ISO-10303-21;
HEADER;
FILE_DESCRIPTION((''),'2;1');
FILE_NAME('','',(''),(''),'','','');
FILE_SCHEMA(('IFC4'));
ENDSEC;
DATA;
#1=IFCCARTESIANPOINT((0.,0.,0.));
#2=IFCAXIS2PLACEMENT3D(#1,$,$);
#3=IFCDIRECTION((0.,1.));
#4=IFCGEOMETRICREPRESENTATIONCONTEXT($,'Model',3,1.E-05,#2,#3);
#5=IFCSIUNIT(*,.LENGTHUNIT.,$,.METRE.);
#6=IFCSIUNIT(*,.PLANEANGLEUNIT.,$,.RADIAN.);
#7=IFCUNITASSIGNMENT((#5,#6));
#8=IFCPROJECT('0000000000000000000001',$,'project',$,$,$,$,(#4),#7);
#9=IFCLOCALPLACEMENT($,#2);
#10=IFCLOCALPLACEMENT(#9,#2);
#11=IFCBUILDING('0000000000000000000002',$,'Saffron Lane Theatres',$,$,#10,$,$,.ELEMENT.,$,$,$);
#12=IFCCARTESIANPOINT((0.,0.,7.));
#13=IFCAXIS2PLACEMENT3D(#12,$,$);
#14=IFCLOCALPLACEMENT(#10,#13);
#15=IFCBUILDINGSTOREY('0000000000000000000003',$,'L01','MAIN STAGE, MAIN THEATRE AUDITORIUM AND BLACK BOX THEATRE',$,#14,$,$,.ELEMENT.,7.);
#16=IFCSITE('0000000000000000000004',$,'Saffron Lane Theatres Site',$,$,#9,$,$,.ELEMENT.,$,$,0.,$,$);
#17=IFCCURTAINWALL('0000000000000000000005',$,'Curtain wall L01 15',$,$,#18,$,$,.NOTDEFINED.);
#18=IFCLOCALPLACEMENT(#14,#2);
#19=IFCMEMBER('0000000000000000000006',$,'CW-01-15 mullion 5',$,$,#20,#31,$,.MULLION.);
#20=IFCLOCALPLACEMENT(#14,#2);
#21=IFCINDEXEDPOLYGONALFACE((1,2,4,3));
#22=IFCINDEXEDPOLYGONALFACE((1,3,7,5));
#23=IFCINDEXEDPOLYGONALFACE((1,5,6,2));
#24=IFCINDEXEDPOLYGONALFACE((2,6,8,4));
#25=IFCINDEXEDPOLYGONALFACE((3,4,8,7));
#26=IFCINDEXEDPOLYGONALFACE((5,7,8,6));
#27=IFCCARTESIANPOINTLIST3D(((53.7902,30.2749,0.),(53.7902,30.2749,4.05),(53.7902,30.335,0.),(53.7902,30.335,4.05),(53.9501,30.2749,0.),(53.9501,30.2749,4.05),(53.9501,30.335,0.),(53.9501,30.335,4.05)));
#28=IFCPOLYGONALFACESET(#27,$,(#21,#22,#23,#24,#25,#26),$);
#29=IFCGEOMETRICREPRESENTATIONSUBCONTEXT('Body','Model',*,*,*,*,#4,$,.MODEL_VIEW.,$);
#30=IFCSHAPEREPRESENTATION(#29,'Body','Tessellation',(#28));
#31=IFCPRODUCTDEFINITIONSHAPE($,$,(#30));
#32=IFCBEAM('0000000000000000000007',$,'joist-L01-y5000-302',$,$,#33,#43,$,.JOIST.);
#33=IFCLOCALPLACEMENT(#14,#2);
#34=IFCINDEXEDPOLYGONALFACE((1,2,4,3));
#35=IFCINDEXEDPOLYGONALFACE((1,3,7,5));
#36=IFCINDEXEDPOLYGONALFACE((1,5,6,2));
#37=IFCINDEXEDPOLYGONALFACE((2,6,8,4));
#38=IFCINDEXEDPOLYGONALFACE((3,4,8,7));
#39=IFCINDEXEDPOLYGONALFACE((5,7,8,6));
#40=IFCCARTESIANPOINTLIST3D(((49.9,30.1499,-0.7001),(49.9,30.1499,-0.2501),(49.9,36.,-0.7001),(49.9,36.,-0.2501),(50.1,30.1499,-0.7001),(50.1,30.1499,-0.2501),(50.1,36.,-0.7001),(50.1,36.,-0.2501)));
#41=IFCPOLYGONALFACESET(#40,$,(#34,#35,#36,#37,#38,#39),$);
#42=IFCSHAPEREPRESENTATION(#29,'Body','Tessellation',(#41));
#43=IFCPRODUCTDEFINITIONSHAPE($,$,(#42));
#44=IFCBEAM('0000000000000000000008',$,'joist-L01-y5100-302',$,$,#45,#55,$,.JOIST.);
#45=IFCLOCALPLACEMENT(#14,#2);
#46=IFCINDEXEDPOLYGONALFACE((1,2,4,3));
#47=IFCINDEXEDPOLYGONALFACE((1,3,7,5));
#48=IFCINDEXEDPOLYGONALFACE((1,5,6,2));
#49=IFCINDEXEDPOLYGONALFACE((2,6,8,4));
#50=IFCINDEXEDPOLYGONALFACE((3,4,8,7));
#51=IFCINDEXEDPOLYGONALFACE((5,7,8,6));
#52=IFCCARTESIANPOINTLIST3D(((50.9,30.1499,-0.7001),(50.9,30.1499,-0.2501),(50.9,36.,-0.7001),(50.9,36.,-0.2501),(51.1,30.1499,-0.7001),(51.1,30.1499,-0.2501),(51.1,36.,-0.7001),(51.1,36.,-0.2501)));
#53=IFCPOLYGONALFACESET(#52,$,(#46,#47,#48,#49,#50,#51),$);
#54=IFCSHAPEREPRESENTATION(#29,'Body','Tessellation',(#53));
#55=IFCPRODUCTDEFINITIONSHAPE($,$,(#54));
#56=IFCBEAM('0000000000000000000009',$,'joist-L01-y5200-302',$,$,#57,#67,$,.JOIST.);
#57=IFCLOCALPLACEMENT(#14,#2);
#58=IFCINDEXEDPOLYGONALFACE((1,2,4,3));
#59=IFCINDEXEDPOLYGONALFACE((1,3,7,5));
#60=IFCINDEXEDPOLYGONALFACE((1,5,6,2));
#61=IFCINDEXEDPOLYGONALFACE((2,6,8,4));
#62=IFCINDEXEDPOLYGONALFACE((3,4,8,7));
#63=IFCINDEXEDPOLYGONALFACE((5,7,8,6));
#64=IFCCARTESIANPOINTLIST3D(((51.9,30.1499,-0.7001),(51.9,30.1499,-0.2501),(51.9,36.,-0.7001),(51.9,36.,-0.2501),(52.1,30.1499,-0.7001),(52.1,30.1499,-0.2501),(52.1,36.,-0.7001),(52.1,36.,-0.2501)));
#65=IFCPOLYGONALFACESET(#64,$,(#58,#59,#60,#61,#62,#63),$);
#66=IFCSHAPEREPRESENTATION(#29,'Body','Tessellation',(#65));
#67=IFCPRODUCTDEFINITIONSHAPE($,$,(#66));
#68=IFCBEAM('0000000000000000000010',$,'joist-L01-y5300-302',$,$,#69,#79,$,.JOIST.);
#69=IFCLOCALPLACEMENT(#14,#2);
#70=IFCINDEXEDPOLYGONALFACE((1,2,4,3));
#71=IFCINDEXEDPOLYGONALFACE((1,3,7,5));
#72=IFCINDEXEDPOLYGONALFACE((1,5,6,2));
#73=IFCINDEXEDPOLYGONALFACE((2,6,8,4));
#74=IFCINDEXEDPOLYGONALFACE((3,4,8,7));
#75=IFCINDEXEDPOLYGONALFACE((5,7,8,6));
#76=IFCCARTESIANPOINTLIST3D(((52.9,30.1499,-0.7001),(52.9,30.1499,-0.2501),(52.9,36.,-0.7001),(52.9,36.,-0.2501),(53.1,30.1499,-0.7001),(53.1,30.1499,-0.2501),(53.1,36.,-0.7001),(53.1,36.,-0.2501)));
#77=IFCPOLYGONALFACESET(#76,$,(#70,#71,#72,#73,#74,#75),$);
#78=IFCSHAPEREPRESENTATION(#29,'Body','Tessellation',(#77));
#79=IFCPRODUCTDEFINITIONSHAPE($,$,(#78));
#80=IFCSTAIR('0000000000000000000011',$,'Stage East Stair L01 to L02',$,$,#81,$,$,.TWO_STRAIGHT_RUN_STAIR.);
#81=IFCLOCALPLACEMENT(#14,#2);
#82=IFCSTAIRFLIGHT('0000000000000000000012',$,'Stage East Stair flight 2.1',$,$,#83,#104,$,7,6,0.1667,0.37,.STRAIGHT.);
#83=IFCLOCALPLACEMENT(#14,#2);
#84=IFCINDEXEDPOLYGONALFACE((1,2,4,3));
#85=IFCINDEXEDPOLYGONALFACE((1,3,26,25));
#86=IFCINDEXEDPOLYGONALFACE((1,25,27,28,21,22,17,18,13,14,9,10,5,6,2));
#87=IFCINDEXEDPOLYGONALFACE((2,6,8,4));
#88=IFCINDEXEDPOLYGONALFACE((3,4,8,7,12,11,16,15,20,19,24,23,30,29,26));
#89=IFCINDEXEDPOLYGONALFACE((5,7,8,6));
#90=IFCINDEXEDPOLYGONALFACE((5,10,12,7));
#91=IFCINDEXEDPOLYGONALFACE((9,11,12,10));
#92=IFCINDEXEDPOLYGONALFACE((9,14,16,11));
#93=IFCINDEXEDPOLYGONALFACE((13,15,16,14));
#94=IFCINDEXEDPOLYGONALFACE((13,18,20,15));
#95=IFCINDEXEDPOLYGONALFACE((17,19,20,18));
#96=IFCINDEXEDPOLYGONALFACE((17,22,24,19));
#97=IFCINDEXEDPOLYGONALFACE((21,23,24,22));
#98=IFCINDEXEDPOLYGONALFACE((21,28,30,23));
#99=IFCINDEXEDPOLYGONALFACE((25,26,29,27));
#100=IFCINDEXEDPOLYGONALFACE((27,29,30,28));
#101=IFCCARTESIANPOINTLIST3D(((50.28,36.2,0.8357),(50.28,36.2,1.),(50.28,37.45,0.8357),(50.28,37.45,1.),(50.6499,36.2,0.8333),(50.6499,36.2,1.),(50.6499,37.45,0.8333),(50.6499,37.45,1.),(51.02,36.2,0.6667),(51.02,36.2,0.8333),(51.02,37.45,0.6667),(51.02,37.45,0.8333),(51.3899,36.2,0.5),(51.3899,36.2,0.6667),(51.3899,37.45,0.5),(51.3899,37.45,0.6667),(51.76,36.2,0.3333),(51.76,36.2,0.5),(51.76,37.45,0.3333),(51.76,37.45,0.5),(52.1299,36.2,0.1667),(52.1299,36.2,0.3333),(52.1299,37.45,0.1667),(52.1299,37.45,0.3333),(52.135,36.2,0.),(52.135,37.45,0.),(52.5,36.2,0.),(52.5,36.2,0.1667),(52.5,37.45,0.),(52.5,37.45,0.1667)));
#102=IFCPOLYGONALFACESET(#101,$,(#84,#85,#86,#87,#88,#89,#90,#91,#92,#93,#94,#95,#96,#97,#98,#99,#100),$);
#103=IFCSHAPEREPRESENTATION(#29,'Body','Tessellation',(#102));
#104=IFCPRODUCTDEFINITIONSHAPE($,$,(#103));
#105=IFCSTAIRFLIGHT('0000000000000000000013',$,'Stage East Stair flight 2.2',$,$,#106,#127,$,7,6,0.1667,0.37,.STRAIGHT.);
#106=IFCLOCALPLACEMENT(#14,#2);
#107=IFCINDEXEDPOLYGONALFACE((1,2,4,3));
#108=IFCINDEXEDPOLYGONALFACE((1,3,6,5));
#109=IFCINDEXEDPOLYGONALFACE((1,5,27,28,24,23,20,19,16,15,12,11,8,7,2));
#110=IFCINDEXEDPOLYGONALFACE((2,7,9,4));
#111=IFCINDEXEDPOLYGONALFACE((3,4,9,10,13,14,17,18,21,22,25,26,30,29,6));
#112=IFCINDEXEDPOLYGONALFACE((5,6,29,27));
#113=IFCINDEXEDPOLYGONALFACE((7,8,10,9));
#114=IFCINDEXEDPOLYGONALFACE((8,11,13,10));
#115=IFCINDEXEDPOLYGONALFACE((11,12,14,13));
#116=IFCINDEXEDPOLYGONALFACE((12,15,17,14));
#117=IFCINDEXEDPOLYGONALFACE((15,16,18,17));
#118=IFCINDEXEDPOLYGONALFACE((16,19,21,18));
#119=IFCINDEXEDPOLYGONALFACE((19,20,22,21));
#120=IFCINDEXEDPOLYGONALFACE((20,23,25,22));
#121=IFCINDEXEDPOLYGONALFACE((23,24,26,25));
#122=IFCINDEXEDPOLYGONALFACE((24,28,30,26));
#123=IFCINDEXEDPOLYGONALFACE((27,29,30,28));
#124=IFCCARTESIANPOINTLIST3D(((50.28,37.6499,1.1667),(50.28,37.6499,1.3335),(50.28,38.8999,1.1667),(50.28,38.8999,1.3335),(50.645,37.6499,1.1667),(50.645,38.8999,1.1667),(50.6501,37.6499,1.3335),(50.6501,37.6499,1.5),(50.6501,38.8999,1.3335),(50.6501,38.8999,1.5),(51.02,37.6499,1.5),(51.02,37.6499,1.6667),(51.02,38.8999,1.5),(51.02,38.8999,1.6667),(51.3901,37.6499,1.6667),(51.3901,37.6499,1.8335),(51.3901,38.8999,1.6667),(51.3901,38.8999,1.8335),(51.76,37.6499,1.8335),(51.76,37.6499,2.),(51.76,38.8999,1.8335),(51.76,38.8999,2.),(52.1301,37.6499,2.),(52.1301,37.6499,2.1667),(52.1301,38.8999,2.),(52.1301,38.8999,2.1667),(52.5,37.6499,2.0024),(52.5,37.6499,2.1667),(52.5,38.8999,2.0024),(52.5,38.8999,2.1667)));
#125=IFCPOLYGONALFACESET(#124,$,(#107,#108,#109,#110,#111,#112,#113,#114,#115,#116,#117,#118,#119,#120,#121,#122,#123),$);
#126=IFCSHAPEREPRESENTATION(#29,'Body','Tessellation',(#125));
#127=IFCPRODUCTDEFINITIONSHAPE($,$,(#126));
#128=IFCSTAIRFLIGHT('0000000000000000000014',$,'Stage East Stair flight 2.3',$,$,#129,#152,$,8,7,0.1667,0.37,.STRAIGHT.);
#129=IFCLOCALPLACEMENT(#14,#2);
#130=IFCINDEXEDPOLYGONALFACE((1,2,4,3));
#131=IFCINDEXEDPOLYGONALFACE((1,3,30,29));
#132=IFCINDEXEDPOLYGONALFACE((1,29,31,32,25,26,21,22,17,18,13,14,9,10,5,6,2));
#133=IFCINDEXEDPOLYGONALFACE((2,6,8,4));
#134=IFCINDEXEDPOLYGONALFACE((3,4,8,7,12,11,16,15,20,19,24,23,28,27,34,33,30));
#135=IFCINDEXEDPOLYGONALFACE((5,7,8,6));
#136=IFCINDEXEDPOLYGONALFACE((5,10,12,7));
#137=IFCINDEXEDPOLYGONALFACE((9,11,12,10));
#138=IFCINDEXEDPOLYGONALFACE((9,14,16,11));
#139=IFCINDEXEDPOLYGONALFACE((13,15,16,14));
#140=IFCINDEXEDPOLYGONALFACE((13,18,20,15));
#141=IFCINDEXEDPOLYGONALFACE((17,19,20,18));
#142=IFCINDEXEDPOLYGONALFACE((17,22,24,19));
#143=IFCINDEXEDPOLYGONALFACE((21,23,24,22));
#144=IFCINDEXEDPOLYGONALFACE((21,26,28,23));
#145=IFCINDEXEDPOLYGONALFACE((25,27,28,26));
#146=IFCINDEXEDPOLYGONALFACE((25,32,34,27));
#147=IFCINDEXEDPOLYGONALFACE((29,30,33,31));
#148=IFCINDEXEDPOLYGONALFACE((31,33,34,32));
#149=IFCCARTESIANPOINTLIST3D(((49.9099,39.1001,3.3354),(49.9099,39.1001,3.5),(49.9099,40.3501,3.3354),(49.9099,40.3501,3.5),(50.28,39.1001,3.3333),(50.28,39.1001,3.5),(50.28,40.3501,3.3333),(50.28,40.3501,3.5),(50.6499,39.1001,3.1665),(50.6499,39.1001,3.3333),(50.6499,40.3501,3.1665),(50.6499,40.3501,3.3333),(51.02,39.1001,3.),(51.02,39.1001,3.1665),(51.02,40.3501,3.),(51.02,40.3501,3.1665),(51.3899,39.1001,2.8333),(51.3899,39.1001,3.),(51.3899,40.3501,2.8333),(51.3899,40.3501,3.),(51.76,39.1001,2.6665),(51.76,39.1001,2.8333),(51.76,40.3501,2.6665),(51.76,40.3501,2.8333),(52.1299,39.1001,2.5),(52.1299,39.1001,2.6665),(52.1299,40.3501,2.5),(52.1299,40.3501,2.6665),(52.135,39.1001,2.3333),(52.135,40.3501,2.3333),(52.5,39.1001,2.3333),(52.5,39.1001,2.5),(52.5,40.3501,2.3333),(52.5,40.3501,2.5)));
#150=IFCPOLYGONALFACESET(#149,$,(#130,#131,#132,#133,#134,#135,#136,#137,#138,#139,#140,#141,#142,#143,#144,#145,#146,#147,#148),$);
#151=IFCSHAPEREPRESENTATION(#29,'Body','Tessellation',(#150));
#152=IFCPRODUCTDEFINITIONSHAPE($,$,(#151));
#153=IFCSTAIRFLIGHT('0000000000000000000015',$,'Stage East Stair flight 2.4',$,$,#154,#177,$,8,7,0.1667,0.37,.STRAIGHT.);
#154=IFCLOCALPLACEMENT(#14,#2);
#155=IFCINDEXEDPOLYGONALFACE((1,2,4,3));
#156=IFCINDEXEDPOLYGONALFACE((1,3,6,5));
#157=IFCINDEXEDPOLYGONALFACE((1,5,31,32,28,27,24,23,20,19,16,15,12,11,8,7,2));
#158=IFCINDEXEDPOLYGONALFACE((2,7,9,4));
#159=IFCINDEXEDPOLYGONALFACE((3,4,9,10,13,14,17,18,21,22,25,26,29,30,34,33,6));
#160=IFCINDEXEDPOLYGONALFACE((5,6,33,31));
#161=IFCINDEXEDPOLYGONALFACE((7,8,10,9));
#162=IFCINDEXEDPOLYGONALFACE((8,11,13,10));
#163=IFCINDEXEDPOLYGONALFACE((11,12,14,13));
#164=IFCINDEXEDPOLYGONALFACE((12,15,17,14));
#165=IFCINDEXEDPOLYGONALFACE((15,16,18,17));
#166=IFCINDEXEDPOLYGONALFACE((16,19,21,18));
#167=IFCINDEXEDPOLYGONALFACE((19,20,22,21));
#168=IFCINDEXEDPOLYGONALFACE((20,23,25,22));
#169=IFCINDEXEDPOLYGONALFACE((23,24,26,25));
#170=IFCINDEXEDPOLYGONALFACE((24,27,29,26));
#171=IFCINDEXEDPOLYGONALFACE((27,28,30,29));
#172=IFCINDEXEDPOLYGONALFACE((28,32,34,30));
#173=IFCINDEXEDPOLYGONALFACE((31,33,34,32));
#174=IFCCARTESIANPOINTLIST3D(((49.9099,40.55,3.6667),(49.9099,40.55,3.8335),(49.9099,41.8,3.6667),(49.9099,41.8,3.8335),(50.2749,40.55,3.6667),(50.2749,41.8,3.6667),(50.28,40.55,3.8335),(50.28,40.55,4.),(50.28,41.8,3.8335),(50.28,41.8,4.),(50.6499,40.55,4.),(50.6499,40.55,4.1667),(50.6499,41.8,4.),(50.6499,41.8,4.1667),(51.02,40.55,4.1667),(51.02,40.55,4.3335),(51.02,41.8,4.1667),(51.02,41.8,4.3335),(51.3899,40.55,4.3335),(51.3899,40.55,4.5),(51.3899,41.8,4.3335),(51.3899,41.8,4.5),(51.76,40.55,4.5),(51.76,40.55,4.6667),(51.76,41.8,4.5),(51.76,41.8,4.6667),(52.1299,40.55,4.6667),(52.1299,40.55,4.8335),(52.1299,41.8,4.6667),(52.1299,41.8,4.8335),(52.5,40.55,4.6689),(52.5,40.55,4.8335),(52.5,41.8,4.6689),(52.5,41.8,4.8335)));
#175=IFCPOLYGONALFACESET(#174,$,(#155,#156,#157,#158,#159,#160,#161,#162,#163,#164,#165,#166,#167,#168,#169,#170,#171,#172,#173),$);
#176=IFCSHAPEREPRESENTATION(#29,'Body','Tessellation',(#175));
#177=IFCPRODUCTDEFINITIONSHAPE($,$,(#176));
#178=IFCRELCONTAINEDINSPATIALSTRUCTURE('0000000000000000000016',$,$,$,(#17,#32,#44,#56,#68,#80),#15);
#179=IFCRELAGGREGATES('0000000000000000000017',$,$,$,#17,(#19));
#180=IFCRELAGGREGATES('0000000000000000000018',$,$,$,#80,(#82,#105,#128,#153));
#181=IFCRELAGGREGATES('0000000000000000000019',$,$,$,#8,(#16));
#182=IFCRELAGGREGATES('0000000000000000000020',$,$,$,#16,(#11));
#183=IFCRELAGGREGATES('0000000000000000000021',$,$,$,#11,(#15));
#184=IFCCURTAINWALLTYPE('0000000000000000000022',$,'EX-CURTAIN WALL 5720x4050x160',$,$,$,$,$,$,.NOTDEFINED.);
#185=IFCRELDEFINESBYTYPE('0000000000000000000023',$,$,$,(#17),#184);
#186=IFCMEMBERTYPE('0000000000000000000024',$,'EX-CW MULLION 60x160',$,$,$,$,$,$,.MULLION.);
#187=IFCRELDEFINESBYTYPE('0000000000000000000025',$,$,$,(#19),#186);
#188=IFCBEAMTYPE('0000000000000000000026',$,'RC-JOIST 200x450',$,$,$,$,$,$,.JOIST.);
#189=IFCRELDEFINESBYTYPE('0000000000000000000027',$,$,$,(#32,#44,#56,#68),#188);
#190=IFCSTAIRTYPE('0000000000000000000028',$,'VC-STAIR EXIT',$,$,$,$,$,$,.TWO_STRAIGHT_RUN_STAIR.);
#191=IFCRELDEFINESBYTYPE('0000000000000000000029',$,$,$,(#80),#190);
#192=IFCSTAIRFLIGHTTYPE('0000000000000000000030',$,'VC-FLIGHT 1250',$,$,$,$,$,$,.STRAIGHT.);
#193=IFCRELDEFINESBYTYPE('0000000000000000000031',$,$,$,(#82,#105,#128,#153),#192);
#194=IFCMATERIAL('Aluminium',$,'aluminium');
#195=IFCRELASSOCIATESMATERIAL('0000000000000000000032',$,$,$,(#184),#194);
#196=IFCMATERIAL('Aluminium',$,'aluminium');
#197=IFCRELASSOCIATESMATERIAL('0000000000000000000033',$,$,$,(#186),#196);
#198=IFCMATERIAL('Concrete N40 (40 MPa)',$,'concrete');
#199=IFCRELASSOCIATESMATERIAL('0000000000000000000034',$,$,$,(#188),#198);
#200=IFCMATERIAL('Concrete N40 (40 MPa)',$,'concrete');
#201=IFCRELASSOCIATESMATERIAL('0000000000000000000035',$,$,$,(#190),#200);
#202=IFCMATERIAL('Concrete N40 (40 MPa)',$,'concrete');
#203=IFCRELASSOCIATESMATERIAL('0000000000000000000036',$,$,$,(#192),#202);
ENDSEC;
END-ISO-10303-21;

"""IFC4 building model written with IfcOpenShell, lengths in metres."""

from ifc_helpers import new_model, si_unit, direction, frame, origin, origin_2d, place, context, subcontext, project, spatial, polyline, rectangle, outline, extrude, material, material_profile, profile_set, type_object, element, aggregate, save


model = new_model("IFC4")

# Units and contexts
model_context = context("Model", 3, precision=1e-05, world=origin(), true_north=direction((0.0, 1.0)))
body_context = subcontext(model_context, "Body", "Model", "MODEL_VIEW")
ifc_project = project(units=[si_unit("LENGTHUNIT", "METRE"), si_unit("PLANEANGLEUNIT", "RADIAN")], contexts=[model_context])

# Site, building, storey
site_placement = place(None, origin())
site = spatial("IfcSite", under=ifc_project, at=site_placement, Name="Saffron Lane Theatres Site", CompositionType="ELEMENT", RefElevation=0.0)
building_placement = place(site_placement, origin())
building = spatial("IfcBuilding", under=site, at=building_placement, Name="Saffron Lane Theatres", CompositionType="ELEMENT")
storey_placement = place(building_placement, frame((0.0, 0.0, 7.0)))
storey = spatial("IfcBuildingStorey", under=building, at=storey_placement, Name="L01", Description="MAIN STAGE, MAIN THEATRE AUDITORIUM AND BLACK BOX THEATRE", CompositionType="ELEMENT", Elevation=7.0)

# Curtain wall, member
ifc_material_1 = material(Name="Aluminium", Category="aluminium")
curtain_wall_type = type_object("IfcCurtainWallType", Name="EX-CURTAIN WALL 5720x4050x160", PredefinedType="NOTDEFINED", material=ifc_material_1)
curtain_wall_placement = place(storey_placement, origin())
curtain_wall = element("IfcCurtainWall", 1, at=curtain_wall_placement, inside=storey, type_object=curtain_wall_type, Name="Curtain wall L01 15", PredefinedType="NOTDEFINED")
ifc_material_2 = material(Name="Aluminium", Category="aluminium")
ifc_material_profile_1 = material_profile(ifc_material_2, rectangle(XDim=0.0601, YDim=0.1599, at=origin_2d()))
ifc_profile_set_1 = profile_set([ifc_material_profile_1], Name="Aluminium")
member_type = type_object("IfcMemberType", Name="EX-CW MULLION 60x160", PredefinedType="MULLION", material=ifc_profile_set_1)
member_placement = place(storey_placement, frame((53.8701, 30.3049, 0.0), z_axis=(0.0, 0.0, 1.0), x_axis=(0.0, -1.0, 0.0)))
member = element("IfcMember", 2, at=member_placement, type_object=member_type, Name="CW-01-15 mullion 5", PredefinedType="MULLION", context=body_context, shape_type="SweptSolid", body=[
    extrude(rectangle(XDim=0.0601, YDim=0.1599, at=origin_2d()), origin(), (0.0, 0.0, 1.0), 4.05),
])
aggregate(curtain_wall, [member])

# Beams
ifc_material_3 = material(Name="Concrete N40 (40 MPa)", Category="concrete")
ifc_material_profile_2 = material_profile(ifc_material_3, rectangle(XDim=0.2, YDim=0.45, at=origin_2d()))
ifc_profile_set_2 = profile_set([ifc_material_profile_2], Name="Concrete N40 (40 MPa)")
beam_type = type_object("IfcBeamType", Name="RC-JOIST 200x450", PredefinedType="JOIST", material=ifc_profile_set_2)
for number, where, z_axis, x_axis, name in (
    (3, (50.0, 30.1499, -0.4751), (0.0, 1.0, 0.0), (-1.0, 0.0, 0.0), "joist-L01-y5000-302"),
    (4, (51.0, 30.1499, -0.4751), (0.0, 1.0, 0.0), (-1.0, 0.0, 0.0), "joist-L01-y5100-302"),
    (5, (52.0, 30.1499, -0.4751), (0.0, 1.0, 0.0), (-1.0, 0.0, 0.0), "joist-L01-y5200-302"),
    (6, (53.0, 30.1499, -0.4751), (0.0, 1.0, 0.0), (-1.0, 0.0, 0.0), "joist-L01-y5300-302"),
):
    element("IfcBeam", number, at=place(storey_placement, frame(where, z_axis=z_axis, x_axis=x_axis)), inside=storey, type_object=beam_type, Name=name, PredefinedType="JOIST", context=body_context, shape_type="SweptSolid", body=[
        extrude(rectangle(XDim=0.2, YDim=0.45, at=origin_2d()), origin(), (0.0, 0.0, 1.0), 5.8501),
    ])

# Stair, stair flights
ifc_material_4 = material(Name="Concrete N40 (40 MPa)", Category="concrete")
stair_type = type_object("IfcStairType", Name="VC-STAIR EXIT", PredefinedType="TWO_STRAIGHT_RUN_STAIR", material=ifc_material_4)
stair_placement = place(storey_placement, origin())
stair = element("IfcStair", 7, at=stair_placement, inside=storey, type_object=stair_type, Name="Stage East Stair L01 to L02", PredefinedType="TWO_STRAIGHT_RUN_STAIR")
ifc_material_5 = material(Name="Concrete N40 (40 MPa)", Category="concrete")
stair_flight_type = type_object("IfcStairFlightType", Name="VC-FLIGHT 1250", PredefinedType="STRAIGHT", material=ifc_material_5)
stair_flight_1_placement = place(storey_placement, frame((52.5, 36.825, 0.0), z_axis=(0.0, 0.0, 1.0), x_axis=(-1.0, 0.0, 0.0)))
stair_flight_1 = element("IfcStairFlight", 8, at=stair_flight_1_placement, type_object=stair_flight_type, Name="Stage East Stair flight 2.1", NumberOfRisers=7, NumberOfTreads=6, PredefinedType="STRAIGHT", RiserHeight=0.1667, TreadLength=0.37, context=body_context, shape_type="SweptSolid", body=[
    extrude(outline(polyline([(0.0, 0.0), (0.0, 0.1667), (0.3701, 0.1667), (0.3701, 0.3333), (0.74, 0.3333), (0.74, 0.5), (1.1101, 0.5), (1.1101, 0.6667), (1.48, 0.6667), (1.48, 0.8333), (1.8501, 0.8333), (1.8501, 1.0), (2.22, 1.0), (2.22, 1.1667), (2.22, 0.8357), (0.365, 0.0), (0.0, 0.0)])), frame((0.0, 0.625, 0.0), z_axis=(0.0, -1.0, 0.0), x_axis=(1.0, 0.0, 0.0)), (0.0, 0.0, 1.0), 1.25),
])
stair_flight_2_placement = place(storey_placement, frame((50.28, 38.2749, 1.1667), z_axis=(0.0, 0.0, 1.0), x_axis=(1.0, 0.0, 0.0)))
stair_flight_2 = element("IfcStairFlight", 9, at=stair_flight_2_placement, type_object=stair_flight_type, Name="Stage East Stair flight 2.2", NumberOfRisers=7, NumberOfTreads=6, PredefinedType="STRAIGHT", RiserHeight=0.1667, TreadLength=0.37, context=body_context, shape_type="SweptSolid", body=[
    extrude(outline(polyline([(0.0, 0.0), (0.0, 0.1667), (0.3701, 0.1667), (0.3701, 0.3333), (0.74, 0.3333), (0.74, 0.5), (1.1101, 0.5), (1.1101, 0.6667), (1.48, 0.6667), (1.48, 0.8333), (1.8501, 0.8333), (1.8501, 1.0), (2.22, 1.0), (2.22, 1.1667), (2.22, 0.8357), (0.365, 0.0), (0.0, 0.0)])), frame((0.0, 0.625, 0.0), z_axis=(0.0, -1.0, 0.0), x_axis=(1.0, 0.0, 0.0)), (0.0, 0.0, 1.0), 1.25),
])
stair_flight_3_placement = place(storey_placement, frame((52.5, 39.7251, 2.3333), z_axis=(0.0, 0.0, 1.0), x_axis=(-1.0, 0.0, 0.0)))
stair_flight_3 = element("IfcStairFlight", 10, at=stair_flight_3_placement, type_object=stair_flight_type, Name="Stage East Stair flight 2.3", NumberOfRisers=8, NumberOfTreads=7, PredefinedType="STRAIGHT", RiserHeight=0.1667, TreadLength=0.37, context=body_context, shape_type="SweptSolid", body=[
    extrude(outline(polyline([(0.0, 0.0), (0.0, 0.1667), (0.3701, 0.1667), (0.3701, 0.3333), (0.74, 0.3333), (0.74, 0.5), (1.1101, 0.5), (1.1101, 0.6667), (1.48, 0.6667), (1.48, 0.8333), (1.8501, 0.8333), (1.8501, 1.0), (2.22, 1.0), (2.22, 1.1667), (2.5901, 1.1667), (2.5901, 1.3333), (2.5901, 1.0022), (0.365, 0.0), (0.0, 0.0)])), frame((0.0, 0.625, 0.0), z_axis=(0.0, -1.0, 0.0), x_axis=(1.0, 0.0, 0.0)), (0.0, 0.0, 1.0), 1.25),
])
stair_flight_4_placement = place(storey_placement, frame((49.9099, 41.175, 3.6667), z_axis=(0.0, 0.0, 1.0), x_axis=(1.0, 0.0, 0.0)))
stair_flight_4 = element("IfcStairFlight", 11, at=stair_flight_4_placement, type_object=stair_flight_type, Name="Stage East Stair flight 2.4", NumberOfRisers=8, NumberOfTreads=7, PredefinedType="STRAIGHT", RiserHeight=0.1667, TreadLength=0.37, context=body_context, shape_type="SweptSolid", body=[
    extrude(outline(polyline([(0.0, 0.0), (0.0, 0.1667), (0.3701, 0.1667), (0.3701, 0.3333), (0.74, 0.3333), (0.74, 0.5), (1.1101, 0.5), (1.1101, 0.6667), (1.48, 0.6667), (1.48, 0.8333), (1.8501, 0.8333), (1.8501, 1.0), (2.22, 1.0), (2.22, 1.1667), (2.5901, 1.1667), (2.5901, 1.3333), (2.5901, 1.0022), (0.365, 0.0), (0.0, 0.0)])), frame((0.0, 0.625, 0.0), z_axis=(0.0, -1.0, 0.0), x_axis=(1.0, 0.0, 0.0)), (0.0, 0.0, 1.0), 1.25),
])
aggregate(stair, [stair_flight_1, stair_flight_2, stair_flight_3, stair_flight_4])

save(model, "model.ifc")
